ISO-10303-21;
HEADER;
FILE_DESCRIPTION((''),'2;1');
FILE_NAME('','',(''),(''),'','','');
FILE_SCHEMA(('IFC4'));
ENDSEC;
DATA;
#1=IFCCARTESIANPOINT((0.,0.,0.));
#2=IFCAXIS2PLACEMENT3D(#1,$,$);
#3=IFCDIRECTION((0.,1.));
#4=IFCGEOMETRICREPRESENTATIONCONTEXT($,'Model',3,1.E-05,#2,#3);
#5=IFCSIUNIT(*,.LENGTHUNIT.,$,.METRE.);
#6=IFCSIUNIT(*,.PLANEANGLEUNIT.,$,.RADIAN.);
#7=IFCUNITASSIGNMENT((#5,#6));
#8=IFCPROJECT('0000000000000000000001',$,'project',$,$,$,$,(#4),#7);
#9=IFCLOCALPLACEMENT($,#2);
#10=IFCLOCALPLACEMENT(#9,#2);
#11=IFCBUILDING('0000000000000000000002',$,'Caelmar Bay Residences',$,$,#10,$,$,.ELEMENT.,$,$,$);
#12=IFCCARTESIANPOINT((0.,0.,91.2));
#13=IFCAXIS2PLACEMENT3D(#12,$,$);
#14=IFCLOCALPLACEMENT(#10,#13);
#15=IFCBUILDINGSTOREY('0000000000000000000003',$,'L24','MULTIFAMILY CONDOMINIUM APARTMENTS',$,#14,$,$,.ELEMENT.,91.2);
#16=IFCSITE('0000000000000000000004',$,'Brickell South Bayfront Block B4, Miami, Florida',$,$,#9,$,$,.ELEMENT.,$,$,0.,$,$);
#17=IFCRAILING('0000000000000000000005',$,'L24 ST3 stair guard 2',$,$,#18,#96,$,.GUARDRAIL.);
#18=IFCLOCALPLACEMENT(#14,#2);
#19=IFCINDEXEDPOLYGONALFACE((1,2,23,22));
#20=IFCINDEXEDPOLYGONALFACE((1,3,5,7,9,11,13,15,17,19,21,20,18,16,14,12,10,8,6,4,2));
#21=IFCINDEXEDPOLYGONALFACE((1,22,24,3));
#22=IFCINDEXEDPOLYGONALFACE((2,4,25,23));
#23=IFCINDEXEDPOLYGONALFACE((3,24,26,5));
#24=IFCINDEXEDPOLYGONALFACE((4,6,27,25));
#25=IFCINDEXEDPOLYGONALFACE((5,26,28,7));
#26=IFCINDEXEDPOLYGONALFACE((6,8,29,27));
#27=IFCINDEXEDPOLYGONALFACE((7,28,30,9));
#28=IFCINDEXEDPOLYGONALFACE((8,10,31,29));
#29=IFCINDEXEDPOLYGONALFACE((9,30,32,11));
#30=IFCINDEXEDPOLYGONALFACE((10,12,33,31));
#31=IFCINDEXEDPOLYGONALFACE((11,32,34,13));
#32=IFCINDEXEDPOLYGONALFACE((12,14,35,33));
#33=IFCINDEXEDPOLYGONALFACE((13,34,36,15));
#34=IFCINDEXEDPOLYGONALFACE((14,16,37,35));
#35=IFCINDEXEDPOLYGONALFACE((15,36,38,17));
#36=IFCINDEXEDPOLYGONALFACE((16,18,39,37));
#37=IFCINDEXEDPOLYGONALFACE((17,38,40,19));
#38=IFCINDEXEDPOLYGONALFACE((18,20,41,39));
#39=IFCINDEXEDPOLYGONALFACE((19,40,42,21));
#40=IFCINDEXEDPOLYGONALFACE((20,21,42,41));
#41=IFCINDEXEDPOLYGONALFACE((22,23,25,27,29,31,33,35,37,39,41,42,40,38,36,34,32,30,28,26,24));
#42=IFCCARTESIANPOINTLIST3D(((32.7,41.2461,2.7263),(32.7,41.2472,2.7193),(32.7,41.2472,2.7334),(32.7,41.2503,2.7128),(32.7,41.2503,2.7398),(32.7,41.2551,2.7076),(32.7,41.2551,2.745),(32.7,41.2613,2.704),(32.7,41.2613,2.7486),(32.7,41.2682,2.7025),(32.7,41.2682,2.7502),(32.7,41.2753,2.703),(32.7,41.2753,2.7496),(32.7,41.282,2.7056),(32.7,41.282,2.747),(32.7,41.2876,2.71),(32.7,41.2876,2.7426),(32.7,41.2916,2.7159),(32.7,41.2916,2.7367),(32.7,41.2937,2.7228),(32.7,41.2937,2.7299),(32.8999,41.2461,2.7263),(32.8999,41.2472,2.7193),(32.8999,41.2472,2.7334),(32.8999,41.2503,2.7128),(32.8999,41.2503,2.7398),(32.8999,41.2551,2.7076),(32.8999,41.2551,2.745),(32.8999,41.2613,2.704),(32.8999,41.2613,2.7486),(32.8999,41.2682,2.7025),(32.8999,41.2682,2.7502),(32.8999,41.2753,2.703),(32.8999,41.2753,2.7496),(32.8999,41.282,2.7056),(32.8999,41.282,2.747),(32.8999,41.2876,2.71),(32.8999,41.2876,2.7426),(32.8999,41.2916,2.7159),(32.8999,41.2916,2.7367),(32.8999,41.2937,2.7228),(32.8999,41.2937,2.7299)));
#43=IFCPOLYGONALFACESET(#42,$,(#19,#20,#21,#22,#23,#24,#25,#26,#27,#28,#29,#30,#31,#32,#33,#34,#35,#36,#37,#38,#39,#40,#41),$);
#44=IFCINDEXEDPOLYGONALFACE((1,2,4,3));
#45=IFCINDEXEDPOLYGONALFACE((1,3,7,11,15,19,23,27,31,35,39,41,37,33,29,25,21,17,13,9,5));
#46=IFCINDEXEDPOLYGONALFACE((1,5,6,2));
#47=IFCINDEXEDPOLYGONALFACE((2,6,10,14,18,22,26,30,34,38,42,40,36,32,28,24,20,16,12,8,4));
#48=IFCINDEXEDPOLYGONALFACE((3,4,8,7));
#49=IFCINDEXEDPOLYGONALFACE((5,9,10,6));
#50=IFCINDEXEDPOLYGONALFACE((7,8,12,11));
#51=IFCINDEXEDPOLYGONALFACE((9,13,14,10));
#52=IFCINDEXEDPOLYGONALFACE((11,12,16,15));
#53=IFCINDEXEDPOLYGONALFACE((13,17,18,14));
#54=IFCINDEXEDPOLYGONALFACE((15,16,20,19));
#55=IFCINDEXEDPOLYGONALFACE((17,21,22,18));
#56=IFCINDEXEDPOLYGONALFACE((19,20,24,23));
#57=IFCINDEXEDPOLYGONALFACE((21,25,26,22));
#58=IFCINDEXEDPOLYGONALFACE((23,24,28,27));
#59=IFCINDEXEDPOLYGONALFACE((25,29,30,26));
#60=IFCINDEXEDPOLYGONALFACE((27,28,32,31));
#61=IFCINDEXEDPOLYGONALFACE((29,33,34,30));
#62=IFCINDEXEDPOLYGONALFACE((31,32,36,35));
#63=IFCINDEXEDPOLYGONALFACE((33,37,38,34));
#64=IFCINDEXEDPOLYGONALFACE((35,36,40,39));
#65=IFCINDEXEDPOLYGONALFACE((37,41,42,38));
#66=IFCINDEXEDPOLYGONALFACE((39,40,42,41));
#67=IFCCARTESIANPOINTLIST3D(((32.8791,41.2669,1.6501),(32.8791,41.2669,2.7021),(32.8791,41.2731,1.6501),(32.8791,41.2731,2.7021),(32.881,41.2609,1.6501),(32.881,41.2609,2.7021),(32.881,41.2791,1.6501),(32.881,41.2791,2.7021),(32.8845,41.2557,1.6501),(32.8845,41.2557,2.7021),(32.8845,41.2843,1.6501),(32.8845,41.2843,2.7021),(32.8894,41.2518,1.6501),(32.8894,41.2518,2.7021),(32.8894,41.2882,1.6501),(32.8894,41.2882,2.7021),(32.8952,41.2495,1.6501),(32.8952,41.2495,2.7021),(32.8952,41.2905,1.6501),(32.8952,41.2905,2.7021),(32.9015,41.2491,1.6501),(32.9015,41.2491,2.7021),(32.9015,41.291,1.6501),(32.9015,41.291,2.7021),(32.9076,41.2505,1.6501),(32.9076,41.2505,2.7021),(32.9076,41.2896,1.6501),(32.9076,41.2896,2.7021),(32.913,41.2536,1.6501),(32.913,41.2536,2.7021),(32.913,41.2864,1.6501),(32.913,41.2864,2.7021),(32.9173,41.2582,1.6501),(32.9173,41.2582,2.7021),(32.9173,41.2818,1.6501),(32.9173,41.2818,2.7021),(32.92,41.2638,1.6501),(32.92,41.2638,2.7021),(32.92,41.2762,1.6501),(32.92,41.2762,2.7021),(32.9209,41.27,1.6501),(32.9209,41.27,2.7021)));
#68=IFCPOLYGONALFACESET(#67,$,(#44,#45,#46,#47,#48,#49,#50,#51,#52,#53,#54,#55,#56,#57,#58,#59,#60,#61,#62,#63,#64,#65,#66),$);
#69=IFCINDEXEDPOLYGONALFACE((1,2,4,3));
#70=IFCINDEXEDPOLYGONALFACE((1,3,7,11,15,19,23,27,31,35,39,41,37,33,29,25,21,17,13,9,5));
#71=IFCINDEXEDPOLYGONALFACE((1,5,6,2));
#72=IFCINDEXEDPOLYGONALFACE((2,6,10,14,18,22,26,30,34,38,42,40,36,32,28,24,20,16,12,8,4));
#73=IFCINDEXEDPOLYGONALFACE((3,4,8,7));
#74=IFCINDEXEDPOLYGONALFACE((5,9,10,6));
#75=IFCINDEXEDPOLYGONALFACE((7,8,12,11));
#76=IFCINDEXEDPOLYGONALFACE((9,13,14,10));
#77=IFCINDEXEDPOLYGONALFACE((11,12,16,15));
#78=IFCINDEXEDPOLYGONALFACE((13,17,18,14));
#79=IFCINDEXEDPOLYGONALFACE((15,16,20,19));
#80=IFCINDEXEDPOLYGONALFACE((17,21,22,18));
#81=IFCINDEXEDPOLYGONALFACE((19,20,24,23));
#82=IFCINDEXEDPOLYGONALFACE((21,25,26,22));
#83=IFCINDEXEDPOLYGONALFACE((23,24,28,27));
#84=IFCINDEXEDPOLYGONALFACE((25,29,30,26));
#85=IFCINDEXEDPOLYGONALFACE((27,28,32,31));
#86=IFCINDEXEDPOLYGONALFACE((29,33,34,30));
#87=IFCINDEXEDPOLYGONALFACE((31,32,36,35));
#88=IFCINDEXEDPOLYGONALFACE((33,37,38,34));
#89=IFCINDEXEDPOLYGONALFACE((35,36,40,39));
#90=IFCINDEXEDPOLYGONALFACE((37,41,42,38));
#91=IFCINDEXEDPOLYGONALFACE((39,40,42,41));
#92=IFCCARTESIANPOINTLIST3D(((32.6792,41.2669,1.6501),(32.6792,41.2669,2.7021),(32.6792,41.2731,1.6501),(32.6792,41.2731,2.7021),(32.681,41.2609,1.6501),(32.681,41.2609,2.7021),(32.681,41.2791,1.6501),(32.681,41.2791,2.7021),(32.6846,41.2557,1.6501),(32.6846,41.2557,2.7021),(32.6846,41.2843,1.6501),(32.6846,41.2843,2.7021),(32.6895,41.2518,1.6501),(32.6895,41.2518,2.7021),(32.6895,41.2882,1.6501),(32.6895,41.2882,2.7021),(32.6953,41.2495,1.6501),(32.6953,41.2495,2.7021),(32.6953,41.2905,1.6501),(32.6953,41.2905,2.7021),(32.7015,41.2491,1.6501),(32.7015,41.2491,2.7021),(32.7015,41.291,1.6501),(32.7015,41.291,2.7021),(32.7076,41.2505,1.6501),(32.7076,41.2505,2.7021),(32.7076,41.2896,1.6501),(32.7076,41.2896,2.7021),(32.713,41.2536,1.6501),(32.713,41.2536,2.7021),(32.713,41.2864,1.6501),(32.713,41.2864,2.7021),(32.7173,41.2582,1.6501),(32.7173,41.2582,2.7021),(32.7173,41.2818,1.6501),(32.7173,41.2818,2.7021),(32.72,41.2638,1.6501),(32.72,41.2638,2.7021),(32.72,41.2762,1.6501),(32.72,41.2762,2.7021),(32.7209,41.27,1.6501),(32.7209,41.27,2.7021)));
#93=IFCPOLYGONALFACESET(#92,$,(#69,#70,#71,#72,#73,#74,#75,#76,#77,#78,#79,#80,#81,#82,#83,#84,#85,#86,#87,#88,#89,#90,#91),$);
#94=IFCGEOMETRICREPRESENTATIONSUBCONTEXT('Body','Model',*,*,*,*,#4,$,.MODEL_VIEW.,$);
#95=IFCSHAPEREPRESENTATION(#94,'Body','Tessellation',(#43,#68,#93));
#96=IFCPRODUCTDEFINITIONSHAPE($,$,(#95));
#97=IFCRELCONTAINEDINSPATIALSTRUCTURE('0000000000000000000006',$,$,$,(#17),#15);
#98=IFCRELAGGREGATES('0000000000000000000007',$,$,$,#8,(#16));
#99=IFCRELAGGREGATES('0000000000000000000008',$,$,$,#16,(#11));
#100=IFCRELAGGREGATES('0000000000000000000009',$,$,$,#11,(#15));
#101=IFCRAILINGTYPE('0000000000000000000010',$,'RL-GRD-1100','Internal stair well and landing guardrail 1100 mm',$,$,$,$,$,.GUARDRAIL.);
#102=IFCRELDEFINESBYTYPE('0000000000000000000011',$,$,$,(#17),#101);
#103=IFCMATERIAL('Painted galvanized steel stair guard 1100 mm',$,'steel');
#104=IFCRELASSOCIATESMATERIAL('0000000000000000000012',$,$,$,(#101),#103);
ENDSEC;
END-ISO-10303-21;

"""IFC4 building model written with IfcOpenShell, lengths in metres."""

from ifc_helpers import new_model, si_unit, direction, frame, origin, origin_2d, place, context, subcontext, project, spatial, circle, extrude, material, type_object, element, save


model = new_model("IFC4")

# Units and contexts
model_context = context("Model", 3, precision=1e-05, world=origin(), true_north=direction((0.0, 1.0)))
body_context = subcontext(model_context, "Body", "Model", "MODEL_VIEW")
ifc_project = project(units=[si_unit("LENGTHUNIT", "METRE"), si_unit("PLANEANGLEUNIT", "RADIAN")], contexts=[model_context])

# Site, building, storey
site_placement = place(None, origin())
site = spatial("IfcSite", under=ifc_project, at=site_placement, Name="Brickell South Bayfront Block B4, Miami, Florida", CompositionType="ELEMENT", RefElevation=0.0)
building_placement = place(site_placement, origin())
building = spatial("IfcBuilding", under=site, at=building_placement, Name="Caelmar Bay Residences", CompositionType="ELEMENT")
storey_placement = place(building_placement, frame((0.0, 0.0, 91.2)))
storey = spatial("IfcBuildingStorey", under=building, at=storey_placement, Name="L24", Description="MULTIFAMILY CONDOMINIUM APARTMENTS", CompositionType="ELEMENT", Elevation=91.2)

# Railing
ifc_material_1 = material(Name="Painted galvanized steel stair guard 1100 mm", Category="steel")
railing_type_1 = type_object("IfcRailingType", Name="RL-GRD-1100", Description="Internal stair well and landing guardrail 1100 mm", PredefinedType="GUARDRAIL", material=ifc_material_1)
railing_1_placement = place(storey_placement, frame((32.8999, 41.27, 1.6501)))
element("IfcRailing", 1, at=railing_1_placement, inside=storey, type_object=railing_type_1, Name="L24 ST3 stair guard 2", PredefinedType="GUARDRAIL", context=body_context, shape_type="SweptSolid", body=[
    extrude(circle(Radius=0.0239, at=origin_2d()), frame((0.0, 0.0, 1.0762), z_axis=(-1.0, 0.0, 0.0), x_axis=(0.0, -1.0, 0.0)), (0.0, 0.0, 1.0), 0.2),
    extrude(circle(Radius=0.021, at=origin_2d()), origin(), (0.0, 0.0, 1.0), 1.052),
    extrude(circle(Radius=0.021, at=origin_2d()), frame((-0.2, 0.0, 0.0)), (0.0, 0.0, 1.0), 1.052),
])

save(model, "model.ifc")
